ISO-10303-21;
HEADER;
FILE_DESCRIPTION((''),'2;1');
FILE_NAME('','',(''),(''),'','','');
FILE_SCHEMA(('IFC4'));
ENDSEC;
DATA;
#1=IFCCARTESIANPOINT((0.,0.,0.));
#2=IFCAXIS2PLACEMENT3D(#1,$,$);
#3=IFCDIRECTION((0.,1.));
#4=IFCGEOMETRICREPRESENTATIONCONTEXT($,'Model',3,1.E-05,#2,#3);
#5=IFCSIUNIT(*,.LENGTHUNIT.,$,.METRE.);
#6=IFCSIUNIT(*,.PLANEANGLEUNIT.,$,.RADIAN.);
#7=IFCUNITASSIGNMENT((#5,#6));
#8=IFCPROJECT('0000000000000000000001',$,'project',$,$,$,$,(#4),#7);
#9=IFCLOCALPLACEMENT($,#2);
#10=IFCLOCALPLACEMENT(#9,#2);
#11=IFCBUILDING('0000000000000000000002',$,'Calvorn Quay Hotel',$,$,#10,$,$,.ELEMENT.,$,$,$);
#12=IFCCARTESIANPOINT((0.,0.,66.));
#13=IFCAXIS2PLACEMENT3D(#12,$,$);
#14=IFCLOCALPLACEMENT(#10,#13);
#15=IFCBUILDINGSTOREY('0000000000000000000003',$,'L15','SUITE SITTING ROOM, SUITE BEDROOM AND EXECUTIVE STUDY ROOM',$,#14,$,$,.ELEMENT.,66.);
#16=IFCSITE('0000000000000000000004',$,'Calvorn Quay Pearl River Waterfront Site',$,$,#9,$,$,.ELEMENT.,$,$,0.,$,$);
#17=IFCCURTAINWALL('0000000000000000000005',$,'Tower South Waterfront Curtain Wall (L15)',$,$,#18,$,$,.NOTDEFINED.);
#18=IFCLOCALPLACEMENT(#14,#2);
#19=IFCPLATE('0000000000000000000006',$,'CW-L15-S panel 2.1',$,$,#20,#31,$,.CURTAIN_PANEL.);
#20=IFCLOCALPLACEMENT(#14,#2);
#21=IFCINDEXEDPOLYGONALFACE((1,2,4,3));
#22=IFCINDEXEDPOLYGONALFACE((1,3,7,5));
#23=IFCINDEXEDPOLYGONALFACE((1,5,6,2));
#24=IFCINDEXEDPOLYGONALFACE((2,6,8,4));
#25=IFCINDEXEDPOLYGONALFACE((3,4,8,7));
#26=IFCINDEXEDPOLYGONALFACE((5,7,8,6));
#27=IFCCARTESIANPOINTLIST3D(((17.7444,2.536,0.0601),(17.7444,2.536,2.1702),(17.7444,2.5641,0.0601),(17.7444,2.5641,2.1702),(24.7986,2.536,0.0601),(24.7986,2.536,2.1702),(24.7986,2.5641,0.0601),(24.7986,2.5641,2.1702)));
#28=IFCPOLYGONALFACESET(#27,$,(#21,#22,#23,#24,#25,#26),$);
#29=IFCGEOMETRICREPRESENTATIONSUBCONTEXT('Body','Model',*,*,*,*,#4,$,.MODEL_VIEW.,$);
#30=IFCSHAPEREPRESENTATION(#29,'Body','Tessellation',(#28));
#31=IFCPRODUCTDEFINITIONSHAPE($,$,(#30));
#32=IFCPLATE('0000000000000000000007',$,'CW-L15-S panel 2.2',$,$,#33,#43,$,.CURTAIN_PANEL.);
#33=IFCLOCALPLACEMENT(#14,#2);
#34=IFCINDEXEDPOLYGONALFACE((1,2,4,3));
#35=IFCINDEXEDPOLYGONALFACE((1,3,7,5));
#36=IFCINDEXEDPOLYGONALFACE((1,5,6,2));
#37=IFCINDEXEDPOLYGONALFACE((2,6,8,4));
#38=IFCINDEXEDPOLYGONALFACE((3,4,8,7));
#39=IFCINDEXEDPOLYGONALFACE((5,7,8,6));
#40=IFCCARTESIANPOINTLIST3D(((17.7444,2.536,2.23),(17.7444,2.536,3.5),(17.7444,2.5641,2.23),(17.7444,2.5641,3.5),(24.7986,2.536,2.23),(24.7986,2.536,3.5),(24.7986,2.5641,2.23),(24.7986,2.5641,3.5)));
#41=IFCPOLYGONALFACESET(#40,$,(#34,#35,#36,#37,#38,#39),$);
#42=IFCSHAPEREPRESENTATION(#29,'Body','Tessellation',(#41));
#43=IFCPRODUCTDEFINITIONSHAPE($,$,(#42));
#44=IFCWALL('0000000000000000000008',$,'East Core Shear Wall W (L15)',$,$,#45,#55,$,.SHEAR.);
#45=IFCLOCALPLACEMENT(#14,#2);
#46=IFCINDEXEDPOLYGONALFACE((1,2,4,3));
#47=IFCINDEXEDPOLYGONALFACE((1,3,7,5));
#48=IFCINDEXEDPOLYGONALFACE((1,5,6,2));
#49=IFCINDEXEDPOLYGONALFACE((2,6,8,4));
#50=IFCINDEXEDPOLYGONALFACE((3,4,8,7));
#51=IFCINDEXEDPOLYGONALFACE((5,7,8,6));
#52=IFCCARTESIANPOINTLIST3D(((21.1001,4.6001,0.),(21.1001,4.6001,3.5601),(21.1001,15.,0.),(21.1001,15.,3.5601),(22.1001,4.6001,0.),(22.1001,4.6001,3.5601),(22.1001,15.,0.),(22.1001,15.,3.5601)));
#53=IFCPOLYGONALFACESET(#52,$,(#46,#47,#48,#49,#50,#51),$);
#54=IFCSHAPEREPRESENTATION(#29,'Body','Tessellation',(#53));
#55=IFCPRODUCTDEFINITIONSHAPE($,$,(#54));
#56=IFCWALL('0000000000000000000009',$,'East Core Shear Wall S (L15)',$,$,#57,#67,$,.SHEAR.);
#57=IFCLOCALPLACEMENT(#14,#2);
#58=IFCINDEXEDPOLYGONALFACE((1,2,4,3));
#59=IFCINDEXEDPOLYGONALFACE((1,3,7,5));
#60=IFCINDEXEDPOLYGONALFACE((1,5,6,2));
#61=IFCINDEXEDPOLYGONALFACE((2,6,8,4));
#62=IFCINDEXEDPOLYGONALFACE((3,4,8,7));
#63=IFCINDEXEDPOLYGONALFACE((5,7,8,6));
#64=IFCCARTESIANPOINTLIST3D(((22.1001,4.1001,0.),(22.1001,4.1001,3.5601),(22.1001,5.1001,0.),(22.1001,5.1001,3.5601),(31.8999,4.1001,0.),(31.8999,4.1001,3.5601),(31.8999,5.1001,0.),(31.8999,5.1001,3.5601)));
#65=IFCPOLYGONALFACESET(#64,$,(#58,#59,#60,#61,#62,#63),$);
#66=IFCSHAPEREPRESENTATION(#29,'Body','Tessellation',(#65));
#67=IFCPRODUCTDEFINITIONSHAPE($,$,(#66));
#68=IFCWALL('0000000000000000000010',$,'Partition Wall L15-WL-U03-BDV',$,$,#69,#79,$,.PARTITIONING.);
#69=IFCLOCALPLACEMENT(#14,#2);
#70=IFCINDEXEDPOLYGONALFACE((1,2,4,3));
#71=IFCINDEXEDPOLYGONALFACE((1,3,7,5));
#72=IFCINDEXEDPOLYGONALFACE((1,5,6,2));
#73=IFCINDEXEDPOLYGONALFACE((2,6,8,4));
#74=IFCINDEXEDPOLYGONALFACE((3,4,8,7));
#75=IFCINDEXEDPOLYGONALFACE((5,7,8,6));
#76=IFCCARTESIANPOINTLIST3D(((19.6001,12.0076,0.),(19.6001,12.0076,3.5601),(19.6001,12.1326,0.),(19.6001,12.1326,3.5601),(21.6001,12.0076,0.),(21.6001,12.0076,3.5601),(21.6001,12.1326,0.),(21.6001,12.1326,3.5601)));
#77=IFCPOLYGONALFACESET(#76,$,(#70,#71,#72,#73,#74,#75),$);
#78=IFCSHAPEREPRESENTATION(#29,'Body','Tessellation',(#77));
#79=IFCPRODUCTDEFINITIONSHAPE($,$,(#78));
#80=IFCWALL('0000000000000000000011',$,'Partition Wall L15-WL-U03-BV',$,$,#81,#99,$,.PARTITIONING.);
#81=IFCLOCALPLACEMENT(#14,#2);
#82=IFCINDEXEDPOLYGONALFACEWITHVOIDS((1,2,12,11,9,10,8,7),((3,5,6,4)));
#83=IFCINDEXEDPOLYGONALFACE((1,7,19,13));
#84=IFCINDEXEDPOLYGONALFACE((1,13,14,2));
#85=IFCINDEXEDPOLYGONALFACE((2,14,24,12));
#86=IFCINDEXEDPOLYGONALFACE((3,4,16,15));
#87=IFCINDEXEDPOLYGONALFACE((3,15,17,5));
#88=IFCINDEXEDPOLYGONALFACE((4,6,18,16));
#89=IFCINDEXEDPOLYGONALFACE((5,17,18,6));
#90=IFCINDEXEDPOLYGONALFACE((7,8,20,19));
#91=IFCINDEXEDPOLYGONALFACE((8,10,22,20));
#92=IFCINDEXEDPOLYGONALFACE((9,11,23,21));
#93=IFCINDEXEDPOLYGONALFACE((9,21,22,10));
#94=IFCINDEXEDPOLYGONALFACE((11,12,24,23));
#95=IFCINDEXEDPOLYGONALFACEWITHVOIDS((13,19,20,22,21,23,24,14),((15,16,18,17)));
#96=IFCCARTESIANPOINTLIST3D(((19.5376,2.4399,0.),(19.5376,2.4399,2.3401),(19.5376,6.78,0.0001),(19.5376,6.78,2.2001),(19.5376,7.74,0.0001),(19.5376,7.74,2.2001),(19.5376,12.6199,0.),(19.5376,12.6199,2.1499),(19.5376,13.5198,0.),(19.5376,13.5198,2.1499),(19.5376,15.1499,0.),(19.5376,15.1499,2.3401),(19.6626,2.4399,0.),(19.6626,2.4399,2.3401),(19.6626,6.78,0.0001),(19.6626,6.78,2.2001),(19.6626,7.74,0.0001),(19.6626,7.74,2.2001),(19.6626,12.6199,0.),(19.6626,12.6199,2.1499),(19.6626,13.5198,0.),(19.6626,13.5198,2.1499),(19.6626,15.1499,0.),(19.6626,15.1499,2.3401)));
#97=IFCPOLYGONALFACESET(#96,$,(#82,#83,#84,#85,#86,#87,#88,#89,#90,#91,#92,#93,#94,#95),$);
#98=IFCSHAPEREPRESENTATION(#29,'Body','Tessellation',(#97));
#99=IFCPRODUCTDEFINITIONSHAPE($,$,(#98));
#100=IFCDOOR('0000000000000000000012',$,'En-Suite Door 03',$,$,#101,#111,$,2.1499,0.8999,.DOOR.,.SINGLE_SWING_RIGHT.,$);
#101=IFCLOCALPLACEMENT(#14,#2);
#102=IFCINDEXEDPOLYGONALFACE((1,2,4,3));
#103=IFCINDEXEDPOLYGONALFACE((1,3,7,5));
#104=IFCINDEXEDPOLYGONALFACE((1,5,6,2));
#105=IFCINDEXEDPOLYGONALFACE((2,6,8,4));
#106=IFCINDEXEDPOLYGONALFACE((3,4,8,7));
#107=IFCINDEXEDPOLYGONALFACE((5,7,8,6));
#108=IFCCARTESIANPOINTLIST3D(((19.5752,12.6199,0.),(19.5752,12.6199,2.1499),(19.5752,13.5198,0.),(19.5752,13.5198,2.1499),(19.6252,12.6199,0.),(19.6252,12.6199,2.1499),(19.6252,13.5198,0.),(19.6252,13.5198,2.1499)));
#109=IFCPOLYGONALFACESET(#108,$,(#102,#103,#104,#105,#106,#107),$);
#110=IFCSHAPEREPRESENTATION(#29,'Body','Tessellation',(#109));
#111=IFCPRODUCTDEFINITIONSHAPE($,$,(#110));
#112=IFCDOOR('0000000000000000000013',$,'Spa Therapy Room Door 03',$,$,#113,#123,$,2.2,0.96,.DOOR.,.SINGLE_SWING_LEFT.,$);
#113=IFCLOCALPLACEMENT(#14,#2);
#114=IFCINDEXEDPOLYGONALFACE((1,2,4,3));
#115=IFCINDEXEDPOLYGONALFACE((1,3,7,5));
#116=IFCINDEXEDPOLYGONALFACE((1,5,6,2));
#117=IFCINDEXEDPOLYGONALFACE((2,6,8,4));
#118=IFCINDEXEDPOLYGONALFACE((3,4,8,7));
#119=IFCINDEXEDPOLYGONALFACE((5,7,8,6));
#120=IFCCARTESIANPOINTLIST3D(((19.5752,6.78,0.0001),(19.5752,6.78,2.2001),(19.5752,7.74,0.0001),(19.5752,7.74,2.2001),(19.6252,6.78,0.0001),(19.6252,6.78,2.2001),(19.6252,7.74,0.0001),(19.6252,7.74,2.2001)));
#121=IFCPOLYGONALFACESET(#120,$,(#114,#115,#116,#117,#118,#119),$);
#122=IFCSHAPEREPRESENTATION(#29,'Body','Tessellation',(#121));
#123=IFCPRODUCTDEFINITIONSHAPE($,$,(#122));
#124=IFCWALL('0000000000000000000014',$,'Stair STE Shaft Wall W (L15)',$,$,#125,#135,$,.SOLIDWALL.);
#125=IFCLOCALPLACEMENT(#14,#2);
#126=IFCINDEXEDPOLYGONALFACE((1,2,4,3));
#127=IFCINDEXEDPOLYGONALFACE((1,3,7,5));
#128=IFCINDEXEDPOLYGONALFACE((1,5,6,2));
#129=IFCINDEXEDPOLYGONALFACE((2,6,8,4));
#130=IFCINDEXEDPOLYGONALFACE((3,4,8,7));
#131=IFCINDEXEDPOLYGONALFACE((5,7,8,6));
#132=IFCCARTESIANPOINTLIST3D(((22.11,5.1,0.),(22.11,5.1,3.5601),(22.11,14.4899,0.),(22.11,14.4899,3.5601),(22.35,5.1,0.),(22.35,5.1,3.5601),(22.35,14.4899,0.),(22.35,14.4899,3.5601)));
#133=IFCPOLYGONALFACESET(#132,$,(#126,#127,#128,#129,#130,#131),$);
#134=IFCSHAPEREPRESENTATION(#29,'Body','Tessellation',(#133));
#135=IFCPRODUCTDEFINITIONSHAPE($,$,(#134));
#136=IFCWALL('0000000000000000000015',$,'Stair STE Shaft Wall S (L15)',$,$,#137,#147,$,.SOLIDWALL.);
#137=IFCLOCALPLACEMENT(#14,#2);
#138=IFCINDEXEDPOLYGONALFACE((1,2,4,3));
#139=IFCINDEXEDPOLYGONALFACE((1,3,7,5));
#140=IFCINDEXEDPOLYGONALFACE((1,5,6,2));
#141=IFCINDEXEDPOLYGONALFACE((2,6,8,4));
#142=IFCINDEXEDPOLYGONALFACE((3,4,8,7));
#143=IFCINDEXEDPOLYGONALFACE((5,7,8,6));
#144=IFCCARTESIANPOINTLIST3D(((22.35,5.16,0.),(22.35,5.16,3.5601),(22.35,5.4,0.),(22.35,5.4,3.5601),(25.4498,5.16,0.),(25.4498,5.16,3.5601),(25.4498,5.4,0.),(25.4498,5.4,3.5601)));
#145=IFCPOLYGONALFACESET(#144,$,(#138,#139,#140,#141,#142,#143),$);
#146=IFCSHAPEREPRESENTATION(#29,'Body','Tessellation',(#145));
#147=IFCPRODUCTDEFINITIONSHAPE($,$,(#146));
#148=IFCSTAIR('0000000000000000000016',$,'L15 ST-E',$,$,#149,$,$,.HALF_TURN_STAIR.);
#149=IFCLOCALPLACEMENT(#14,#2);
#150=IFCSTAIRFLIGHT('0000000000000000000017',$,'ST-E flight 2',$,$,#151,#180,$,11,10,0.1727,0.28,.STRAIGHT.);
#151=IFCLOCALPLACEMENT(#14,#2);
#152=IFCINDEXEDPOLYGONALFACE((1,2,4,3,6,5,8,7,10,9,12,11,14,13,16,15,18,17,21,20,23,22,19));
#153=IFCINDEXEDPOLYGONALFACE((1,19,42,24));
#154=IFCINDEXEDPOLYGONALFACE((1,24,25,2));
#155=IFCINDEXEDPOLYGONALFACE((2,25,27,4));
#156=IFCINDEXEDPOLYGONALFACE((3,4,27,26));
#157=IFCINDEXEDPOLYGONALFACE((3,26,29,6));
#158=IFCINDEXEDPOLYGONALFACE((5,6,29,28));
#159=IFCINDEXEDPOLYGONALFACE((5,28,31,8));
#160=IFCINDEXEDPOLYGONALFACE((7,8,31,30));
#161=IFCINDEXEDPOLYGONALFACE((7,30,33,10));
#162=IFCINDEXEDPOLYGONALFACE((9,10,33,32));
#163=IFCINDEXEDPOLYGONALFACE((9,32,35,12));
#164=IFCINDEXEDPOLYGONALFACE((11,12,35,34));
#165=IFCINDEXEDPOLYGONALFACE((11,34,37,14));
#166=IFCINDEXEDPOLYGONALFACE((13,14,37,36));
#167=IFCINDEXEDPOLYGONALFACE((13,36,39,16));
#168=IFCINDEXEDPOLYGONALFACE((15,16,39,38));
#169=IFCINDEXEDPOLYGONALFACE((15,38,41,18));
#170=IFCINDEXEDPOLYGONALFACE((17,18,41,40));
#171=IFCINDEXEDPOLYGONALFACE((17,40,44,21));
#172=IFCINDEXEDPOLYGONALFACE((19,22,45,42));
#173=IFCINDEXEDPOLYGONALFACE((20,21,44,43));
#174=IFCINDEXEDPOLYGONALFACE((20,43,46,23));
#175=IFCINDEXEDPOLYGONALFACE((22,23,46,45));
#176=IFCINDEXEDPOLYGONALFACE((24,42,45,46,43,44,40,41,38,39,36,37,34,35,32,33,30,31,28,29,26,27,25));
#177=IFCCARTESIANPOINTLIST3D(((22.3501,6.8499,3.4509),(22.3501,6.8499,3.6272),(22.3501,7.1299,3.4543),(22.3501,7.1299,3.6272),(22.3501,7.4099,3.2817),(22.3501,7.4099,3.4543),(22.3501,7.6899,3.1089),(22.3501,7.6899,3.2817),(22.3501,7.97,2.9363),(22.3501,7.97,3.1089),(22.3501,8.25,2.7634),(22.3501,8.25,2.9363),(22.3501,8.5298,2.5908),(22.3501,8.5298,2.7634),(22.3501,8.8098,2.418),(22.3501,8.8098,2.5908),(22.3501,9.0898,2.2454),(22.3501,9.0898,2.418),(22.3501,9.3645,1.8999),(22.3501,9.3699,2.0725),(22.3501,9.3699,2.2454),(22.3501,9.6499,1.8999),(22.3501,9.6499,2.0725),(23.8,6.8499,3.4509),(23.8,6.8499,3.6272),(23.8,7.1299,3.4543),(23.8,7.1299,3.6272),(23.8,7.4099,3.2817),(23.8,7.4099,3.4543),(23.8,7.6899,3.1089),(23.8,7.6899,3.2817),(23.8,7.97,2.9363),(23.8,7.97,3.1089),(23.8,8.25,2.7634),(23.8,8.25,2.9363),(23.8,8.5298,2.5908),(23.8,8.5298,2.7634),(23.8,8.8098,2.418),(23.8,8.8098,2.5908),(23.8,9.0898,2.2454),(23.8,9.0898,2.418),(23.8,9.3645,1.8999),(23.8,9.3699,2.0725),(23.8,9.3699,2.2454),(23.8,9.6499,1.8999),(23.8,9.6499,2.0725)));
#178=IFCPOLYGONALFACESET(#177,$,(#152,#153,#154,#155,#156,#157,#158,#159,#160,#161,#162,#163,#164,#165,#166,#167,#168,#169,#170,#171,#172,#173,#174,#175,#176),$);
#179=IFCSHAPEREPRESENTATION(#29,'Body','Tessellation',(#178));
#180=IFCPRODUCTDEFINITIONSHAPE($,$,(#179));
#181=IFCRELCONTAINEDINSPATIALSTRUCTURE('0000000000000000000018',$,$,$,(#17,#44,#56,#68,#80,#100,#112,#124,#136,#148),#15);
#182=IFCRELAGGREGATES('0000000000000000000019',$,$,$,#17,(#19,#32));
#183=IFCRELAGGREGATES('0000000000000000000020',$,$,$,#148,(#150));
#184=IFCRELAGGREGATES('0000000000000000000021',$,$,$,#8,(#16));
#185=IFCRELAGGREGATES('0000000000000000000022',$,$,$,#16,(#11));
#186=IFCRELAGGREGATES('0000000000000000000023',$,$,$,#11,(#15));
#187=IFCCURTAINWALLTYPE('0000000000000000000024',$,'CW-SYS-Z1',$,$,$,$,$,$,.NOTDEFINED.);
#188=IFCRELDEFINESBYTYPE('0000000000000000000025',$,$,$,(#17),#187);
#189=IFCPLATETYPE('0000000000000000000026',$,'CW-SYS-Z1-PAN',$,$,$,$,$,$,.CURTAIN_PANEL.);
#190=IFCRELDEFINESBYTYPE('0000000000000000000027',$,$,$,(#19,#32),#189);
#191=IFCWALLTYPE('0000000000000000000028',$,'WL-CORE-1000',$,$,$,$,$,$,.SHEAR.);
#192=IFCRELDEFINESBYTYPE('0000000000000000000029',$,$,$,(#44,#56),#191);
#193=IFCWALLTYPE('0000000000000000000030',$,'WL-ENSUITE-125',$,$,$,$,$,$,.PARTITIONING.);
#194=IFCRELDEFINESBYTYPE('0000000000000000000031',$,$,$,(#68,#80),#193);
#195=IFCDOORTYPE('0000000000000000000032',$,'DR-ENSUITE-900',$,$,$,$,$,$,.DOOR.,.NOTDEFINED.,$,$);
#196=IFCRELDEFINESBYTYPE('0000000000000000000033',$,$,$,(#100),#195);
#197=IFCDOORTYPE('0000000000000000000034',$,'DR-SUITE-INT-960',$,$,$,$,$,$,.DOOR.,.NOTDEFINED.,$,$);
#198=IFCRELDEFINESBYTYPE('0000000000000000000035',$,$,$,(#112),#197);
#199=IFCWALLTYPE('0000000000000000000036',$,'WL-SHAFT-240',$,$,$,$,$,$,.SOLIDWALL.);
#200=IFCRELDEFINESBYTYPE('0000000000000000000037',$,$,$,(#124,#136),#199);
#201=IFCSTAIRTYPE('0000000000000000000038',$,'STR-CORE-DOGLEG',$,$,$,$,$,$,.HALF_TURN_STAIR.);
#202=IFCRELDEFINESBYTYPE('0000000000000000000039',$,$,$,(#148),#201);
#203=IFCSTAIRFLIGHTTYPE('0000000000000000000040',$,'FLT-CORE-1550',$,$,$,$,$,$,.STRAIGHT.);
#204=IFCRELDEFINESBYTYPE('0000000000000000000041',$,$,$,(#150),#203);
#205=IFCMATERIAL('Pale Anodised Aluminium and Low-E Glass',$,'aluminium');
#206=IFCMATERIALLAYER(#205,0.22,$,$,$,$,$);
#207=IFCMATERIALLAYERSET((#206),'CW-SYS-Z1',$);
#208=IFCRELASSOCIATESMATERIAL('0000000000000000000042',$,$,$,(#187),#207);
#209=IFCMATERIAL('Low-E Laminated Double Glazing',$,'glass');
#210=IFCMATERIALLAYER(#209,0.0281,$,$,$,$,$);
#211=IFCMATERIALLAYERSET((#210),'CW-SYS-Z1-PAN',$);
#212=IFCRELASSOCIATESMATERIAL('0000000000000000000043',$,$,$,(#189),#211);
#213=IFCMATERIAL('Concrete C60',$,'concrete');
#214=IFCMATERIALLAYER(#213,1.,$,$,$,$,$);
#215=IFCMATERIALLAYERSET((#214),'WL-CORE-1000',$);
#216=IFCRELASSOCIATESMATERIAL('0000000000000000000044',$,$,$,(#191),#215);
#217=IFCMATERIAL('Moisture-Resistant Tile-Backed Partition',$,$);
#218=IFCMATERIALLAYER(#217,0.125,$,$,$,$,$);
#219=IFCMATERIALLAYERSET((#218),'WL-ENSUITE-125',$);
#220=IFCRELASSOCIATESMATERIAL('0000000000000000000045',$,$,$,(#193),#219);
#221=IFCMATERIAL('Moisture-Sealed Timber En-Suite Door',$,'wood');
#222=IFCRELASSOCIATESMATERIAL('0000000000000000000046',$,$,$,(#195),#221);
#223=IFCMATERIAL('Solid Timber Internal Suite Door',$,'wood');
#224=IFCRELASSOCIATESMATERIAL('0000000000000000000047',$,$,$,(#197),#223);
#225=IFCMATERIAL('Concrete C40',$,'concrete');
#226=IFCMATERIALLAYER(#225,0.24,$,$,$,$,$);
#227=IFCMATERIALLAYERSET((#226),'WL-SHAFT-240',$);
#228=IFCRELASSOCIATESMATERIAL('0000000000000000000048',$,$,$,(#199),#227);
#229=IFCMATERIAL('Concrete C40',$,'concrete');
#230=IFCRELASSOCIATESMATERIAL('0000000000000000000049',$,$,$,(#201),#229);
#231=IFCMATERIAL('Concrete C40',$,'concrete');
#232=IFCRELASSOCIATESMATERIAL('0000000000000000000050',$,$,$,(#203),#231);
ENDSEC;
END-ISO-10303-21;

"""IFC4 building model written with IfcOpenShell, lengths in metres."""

from ifc_helpers import new_model, si_unit, direction, frame, frame_2d, origin, origin_2d, place, context, subcontext, project, spatial, polyline, rectangle, outline, extrude, material, layer, layer_set, type_object, element, fill, aggregate, save


model = new_model("IFC4")

# Units and contexts
model_context = context("Model", 3, precision=1e-05, world=origin(), true_north=direction((0.0, 1.0)))
body_context = subcontext(model_context, "Body", "Model", "MODEL_VIEW")
ifc_project = project(units=[si_unit("LENGTHUNIT", "METRE"), si_unit("PLANEANGLEUNIT", "RADIAN")], contexts=[model_context])

# Site, building, storey
site_placement = place(None, origin())
site = spatial("IfcSite", under=ifc_project, at=site_placement, Name="Calvorn Quay Pearl River Waterfront Site", CompositionType="ELEMENT", RefElevation=0.0)
building_placement = place(site_placement, origin())
building = spatial("IfcBuilding", under=site, at=building_placement, Name="Calvorn Quay Hotel", CompositionType="ELEMENT")
storey_placement = place(building_placement, frame((0.0, 0.0, 66.0)))
storey = spatial("IfcBuildingStorey", under=building, at=storey_placement, Name="L15", Description="SUITE SITTING ROOM, SUITE BEDROOM AND EXECUTIVE STUDY ROOM", CompositionType="ELEMENT", Elevation=66.0)

# Curtain wall, plates
ifc_material_1 = material(Name="Pale Anodised Aluminium and Low-E Glass", Category="aluminium")
ifc_layer_1 = layer(ifc_material_1, 0.22)
ifc_layer_set_1 = layer_set([ifc_layer_1], Name="CW-SYS-Z1")
curtain_wall_type = type_object("IfcCurtainWallType", Name="CW-SYS-Z1", PredefinedType="NOTDEFINED", material=ifc_layer_set_1)
curtain_wall_placement = place(storey_placement, origin())
curtain_wall = element("IfcCurtainWall", 1, at=curtain_wall_placement, inside=storey, type_object=curtain_wall_type, Name="Tower South Waterfront Curtain Wall (L15)", PredefinedType="NOTDEFINED")
ifc_material_2 = material(Name="Low-E Laminated Double Glazing", Category="glass")
ifc_layer_2 = layer(ifc_material_2, 0.0281)
ifc_layer_set_2 = layer_set([ifc_layer_2], Name="CW-SYS-Z1-PAN")
plate_type = type_object("IfcPlateType", Name="CW-SYS-Z1-PAN", PredefinedType="CURTAIN_PANEL", material=ifc_layer_set_2)
plate_1_placement = place(storey_placement, frame((21.2715, 2.55, 0.0601), z_axis=(0.0, 0.0, 1.0), x_axis=(1.0, 0.0, 0.0)))
plate_1 = element("IfcPlate", 2, at=plate_1_placement, type_object=plate_type, Name="CW-L15-S panel 2.1", PredefinedType="CURTAIN_PANEL", context=body_context, shape_type="SweptSolid", body=[
    extrude(rectangle(XDim=7.0542, YDim=0.0281, at=origin_2d()), origin(), (0.0, 0.0, 1.0), 2.1101),
])
plate_2_placement = place(storey_placement, frame((21.2715, 2.55, 2.23), z_axis=(0.0, 0.0, 1.0), x_axis=(1.0, 0.0, 0.0)))
plate_2 = element("IfcPlate", 3, at=plate_2_placement, type_object=plate_type, Name="CW-L15-S panel 2.2", PredefinedType="CURTAIN_PANEL", context=body_context, shape_type="SweptSolid", body=[
    extrude(rectangle(XDim=7.0542, YDim=0.0281, at=origin_2d()), origin(), (0.0, 0.0, 1.0), 1.27),
])
aggregate(curtain_wall, [plate_1, plate_2])

# Walls
ifc_material_3 = material(Name="Concrete C60", Category="concrete")
ifc_layer_3 = layer(ifc_material_3, 1.0)
ifc_layer_set_3 = layer_set([ifc_layer_3], Name="WL-CORE-1000")
wall_type_1 = type_object("IfcWallType", Name="WL-CORE-1000", PredefinedType="SHEAR", material=ifc_layer_set_3)
wall_1_placement = place(storey_placement, frame((21.6001, 4.6001, 0.0), z_axis=(0.0, 0.0, 1.0), x_axis=(0.0, 1.0, 0.0)))
element("IfcWall", 4, at=wall_1_placement, inside=storey, type_object=wall_type_1, Name="East Core Shear Wall W (L15)", PredefinedType="SHEAR", context=body_context, shape_type="SweptSolid", body=[
    extrude(rectangle(XDim=10.3999, YDim=1.0, at=frame_2d((5.2, 0.0))), origin(), (0.0, 0.0, 1.0), 3.5601),
])
wall_2_placement = place(storey_placement, frame((22.1001, 4.6001, 0.0), z_axis=(0.0, 0.0, 1.0), x_axis=(1.0, 0.0, 0.0)))
element("IfcWall", 5, at=wall_2_placement, inside=storey, type_object=wall_type_1, Name="East Core Shear Wall S (L15)", PredefinedType="SHEAR", context=body_context, shape_type="SweptSolid", body=[
    extrude(rectangle(XDim=9.7998, YDim=1.0, at=frame_2d((4.8999, 0.0))), origin(), (0.0, 0.0, 1.0), 3.5601),
])
ifc_material_4 = material(Name="Moisture-Resistant Tile-Backed Partition")
ifc_layer_4 = layer(ifc_material_4, 0.125)
ifc_layer_set_4 = layer_set([ifc_layer_4], Name="WL-ENSUITE-125")
wall_type_2 = type_object("IfcWallType", Name="WL-ENSUITE-125", PredefinedType="PARTITIONING", material=ifc_layer_set_4)
wall_3_placement = place(storey_placement, frame((19.6001, 12.0701, 0.0), z_axis=(0.0, 0.0, 1.0), x_axis=(1.0, 0.0, 0.0)))
element("IfcWall", 6, at=wall_3_placement, inside=storey, type_object=wall_type_2, Name="Partition Wall L15-WL-U03-BDV", PredefinedType="PARTITIONING", context=body_context, shape_type="SweptSolid", body=[
    extrude(rectangle(XDim=2.0, YDim=0.125, at=frame_2d((1.0, 0.0))), origin(), (0.0, 0.0, 1.0), 3.5601),
])

# Wall, openings, doors
wall_4_placement = place(storey_placement, frame((19.6001, 2.4399, 0.0), z_axis=(0.0, 0.0, 1.0), x_axis=(0.0, 1.0, 0.0)))
wall_4 = element("IfcWall", 7, at=wall_4_placement, inside=storey, type_object=wall_type_2, Name="Partition Wall L15-WL-U03-BV", PredefinedType="PARTITIONING", context=body_context, shape_type="SweptSolid", body=[
    extrude(rectangle(XDim=12.71, YDim=0.125, at=frame_2d((6.355, 0.0))), origin(), (0.0, 0.0, 1.0), 2.3401),
])
opening_1_placement = place(wall_4_placement, frame((4.3401, 0.0, 0.0)))
opening_1 = element("IfcOpeningElement", 8, at=opening_1_placement, cuts=wall_4, PredefinedType="OPENING", context=body_context, shape_type="SweptSolid", body=[
    extrude(rectangle(XDim=0.96, YDim=2.2, at=frame_2d((0.48, 1.1001))), frame((0.0, 0.0725, 0.0), z_axis=(0.0, -1.0, 0.0), x_axis=(1.0, 0.0, 0.0)), (0.0, 0.0, 1.0), 0.145),
])
opening_2_placement = place(wall_4_placement, frame((10.1799, 0.0, 0.0)))
opening_2 = element("IfcOpeningElement", 9, at=opening_2_placement, cuts=wall_4, PredefinedType="OPENING", context=body_context, shape_type="SweptSolid", body=[
    extrude(rectangle(XDim=0.8999, YDim=2.1499, at=frame_2d((0.45, 1.075))), frame((0.0, 0.0725, 0.0), z_axis=(0.0, -1.0, 0.0), x_axis=(1.0, 0.0, 0.0)), (0.0, 0.0, 1.0), 0.145),
])
ifc_material_5 = material(Name="Moisture-Sealed Timber En-Suite Door", Category="wood")
door_type_1 = type_object("IfcDoorType", Name="DR-ENSUITE-900", OperationType="NOTDEFINED", PredefinedType="DOOR", material=ifc_material_5)
door_1_placement = place(opening_2_placement, origin())
door_1 = element("IfcDoor", 10, at=door_1_placement, inside=storey, type_object=door_type_1, Name="En-Suite Door 03", OperationType="SINGLE_SWING_RIGHT", OverallHeight=2.1499, OverallWidth=0.8999, PredefinedType="DOOR", context=body_context, shape_type="SweptSolid", body=[
    extrude(rectangle(XDim=0.8999, YDim=2.1499, at=frame_2d((0.45, 1.075))), frame((0.0, 0.0249, 0.0), z_axis=(0.0, -1.0, 0.0), x_axis=(1.0, 0.0, 0.0)), (0.0, 0.0, 1.0), 0.05),
])
fill(opening_2, door_1)
ifc_material_6 = material(Name="Solid Timber Internal Suite Door", Category="wood")
door_type_2 = type_object("IfcDoorType", Name="DR-SUITE-INT-960", OperationType="NOTDEFINED", PredefinedType="DOOR", material=ifc_material_6)
door_2_placement = place(opening_1_placement, origin())
door_2 = element("IfcDoor", 11, at=door_2_placement, inside=storey, type_object=door_type_2, Name="Spa Therapy Room Door 03", OperationType="SINGLE_SWING_LEFT", OverallHeight=2.2, OverallWidth=0.96, PredefinedType="DOOR", context=body_context, shape_type="SweptSolid", body=[
    extrude(rectangle(XDim=0.96, YDim=2.2, at=frame_2d((0.48, 1.1001))), frame((0.0, 0.0249, 0.0), z_axis=(0.0, -1.0, 0.0), x_axis=(1.0, 0.0, 0.0)), (0.0, 0.0, 1.0), 0.05),
])
fill(opening_1, door_2)

# Walls
ifc_material_7 = material(Name="Concrete C40", Category="concrete")
ifc_layer_5 = layer(ifc_material_7, 0.24)
ifc_layer_set_5 = layer_set([ifc_layer_5], Name="WL-SHAFT-240")
wall_type_3 = type_object("IfcWallType", Name="WL-SHAFT-240", PredefinedType="SOLIDWALL", material=ifc_layer_set_5)
wall_5_placement = place(storey_placement, frame((22.23, 5.1001, 0.0), z_axis=(0.0, 0.0, 1.0), x_axis=(0.0, 1.0, 0.0)))
element("IfcWall", 12, at=wall_5_placement, inside=storey, type_object=wall_type_3, Name="Stair STE Shaft Wall W (L15)", PredefinedType="SOLIDWALL", context=body_context, shape_type="SweptSolid", body=[
    extrude(rectangle(XDim=9.3899, YDim=0.24, at=frame_2d((4.6948, 0.0))), origin(), (0.0, 0.0, 1.0), 3.5601),
])
wall_6_placement = place(storey_placement, frame((22.3501, 5.28, 0.0), z_axis=(0.0, 0.0, 1.0), x_axis=(1.0, 0.0, 0.0)))
element("IfcWall", 13, at=wall_6_placement, inside=storey, type_object=wall_type_3, Name="Stair STE Shaft Wall S (L15)", PredefinedType="SOLIDWALL", context=body_context, shape_type="SweptSolid", body=[
    extrude(rectangle(XDim=3.0999, YDim=0.24, at=frame_2d((1.5498, 0.0))), origin(), (0.0, 0.0, 1.0), 3.5601),
])

# Stair, stair flight
ifc_material_8 = material(Name="Concrete C40", Category="concrete")
stair_type = type_object("IfcStairType", Name="STR-CORE-DOGLEG", PredefinedType="HALF_TURN_STAIR", material=ifc_material_8)
stair_placement = place(storey_placement, origin())
stair = element("IfcStair", 14, at=stair_placement, inside=storey, type_object=stair_type, Name="L15 ST-E", PredefinedType="HALF_TURN_STAIR")
ifc_material_9 = material(Name="Concrete C40", Category="concrete")
stair_flight_type = type_object("IfcStairFlightType", Name="FLT-CORE-1550", PredefinedType="STRAIGHT", material=ifc_material_9)
stair_flight_placement = place(storey_placement, frame((23.075, 9.6499, 1.8999), z_axis=(0.0, 0.0, 1.0), x_axis=(0.0, -1.0, 0.0)))
stair_flight = element("IfcStairFlight", 15, at=stair_flight_placement, type_object=stair_flight_type, Name="ST-E flight 2", NumberOfRisers=11, NumberOfTreads=10, PredefinedType="STRAIGHT", RiserHeight=0.1727, TreadLength=0.28, context=body_context, shape_type="SweptSolid", body=[
    extrude(outline(polyline([(0.0, 0.0), (0.0, 0.1726), (0.28, 0.1726), (0.28, 0.3455), (0.5601, 0.3455), (0.5601, 0.5181), (0.8401, 0.5181), (0.8401, 0.6909), (1.1201, 0.6909), (1.1201, 0.8635), (1.3999, 0.8635), (1.3999, 1.0364), (1.6799, 1.0364), (1.6799, 1.209), (1.96, 1.209), (1.96, 1.3818), (2.24, 1.3818), (2.24, 1.5544), (2.52, 1.5544), (2.52, 1.7273), (2.8, 1.7273), (2.8, 1.8999), (2.8, 1.551), (0.2854, 0.0), (0.0, 0.0)])), frame((0.0, 0.7251, 0.0), z_axis=(0.0, -1.0, 0.0), x_axis=(1.0, 0.0, 0.0)), (0.0, 0.0, 1.0), 1.45),
])
aggregate(stair, [stair_flight])

save(model, "model.ifc")
